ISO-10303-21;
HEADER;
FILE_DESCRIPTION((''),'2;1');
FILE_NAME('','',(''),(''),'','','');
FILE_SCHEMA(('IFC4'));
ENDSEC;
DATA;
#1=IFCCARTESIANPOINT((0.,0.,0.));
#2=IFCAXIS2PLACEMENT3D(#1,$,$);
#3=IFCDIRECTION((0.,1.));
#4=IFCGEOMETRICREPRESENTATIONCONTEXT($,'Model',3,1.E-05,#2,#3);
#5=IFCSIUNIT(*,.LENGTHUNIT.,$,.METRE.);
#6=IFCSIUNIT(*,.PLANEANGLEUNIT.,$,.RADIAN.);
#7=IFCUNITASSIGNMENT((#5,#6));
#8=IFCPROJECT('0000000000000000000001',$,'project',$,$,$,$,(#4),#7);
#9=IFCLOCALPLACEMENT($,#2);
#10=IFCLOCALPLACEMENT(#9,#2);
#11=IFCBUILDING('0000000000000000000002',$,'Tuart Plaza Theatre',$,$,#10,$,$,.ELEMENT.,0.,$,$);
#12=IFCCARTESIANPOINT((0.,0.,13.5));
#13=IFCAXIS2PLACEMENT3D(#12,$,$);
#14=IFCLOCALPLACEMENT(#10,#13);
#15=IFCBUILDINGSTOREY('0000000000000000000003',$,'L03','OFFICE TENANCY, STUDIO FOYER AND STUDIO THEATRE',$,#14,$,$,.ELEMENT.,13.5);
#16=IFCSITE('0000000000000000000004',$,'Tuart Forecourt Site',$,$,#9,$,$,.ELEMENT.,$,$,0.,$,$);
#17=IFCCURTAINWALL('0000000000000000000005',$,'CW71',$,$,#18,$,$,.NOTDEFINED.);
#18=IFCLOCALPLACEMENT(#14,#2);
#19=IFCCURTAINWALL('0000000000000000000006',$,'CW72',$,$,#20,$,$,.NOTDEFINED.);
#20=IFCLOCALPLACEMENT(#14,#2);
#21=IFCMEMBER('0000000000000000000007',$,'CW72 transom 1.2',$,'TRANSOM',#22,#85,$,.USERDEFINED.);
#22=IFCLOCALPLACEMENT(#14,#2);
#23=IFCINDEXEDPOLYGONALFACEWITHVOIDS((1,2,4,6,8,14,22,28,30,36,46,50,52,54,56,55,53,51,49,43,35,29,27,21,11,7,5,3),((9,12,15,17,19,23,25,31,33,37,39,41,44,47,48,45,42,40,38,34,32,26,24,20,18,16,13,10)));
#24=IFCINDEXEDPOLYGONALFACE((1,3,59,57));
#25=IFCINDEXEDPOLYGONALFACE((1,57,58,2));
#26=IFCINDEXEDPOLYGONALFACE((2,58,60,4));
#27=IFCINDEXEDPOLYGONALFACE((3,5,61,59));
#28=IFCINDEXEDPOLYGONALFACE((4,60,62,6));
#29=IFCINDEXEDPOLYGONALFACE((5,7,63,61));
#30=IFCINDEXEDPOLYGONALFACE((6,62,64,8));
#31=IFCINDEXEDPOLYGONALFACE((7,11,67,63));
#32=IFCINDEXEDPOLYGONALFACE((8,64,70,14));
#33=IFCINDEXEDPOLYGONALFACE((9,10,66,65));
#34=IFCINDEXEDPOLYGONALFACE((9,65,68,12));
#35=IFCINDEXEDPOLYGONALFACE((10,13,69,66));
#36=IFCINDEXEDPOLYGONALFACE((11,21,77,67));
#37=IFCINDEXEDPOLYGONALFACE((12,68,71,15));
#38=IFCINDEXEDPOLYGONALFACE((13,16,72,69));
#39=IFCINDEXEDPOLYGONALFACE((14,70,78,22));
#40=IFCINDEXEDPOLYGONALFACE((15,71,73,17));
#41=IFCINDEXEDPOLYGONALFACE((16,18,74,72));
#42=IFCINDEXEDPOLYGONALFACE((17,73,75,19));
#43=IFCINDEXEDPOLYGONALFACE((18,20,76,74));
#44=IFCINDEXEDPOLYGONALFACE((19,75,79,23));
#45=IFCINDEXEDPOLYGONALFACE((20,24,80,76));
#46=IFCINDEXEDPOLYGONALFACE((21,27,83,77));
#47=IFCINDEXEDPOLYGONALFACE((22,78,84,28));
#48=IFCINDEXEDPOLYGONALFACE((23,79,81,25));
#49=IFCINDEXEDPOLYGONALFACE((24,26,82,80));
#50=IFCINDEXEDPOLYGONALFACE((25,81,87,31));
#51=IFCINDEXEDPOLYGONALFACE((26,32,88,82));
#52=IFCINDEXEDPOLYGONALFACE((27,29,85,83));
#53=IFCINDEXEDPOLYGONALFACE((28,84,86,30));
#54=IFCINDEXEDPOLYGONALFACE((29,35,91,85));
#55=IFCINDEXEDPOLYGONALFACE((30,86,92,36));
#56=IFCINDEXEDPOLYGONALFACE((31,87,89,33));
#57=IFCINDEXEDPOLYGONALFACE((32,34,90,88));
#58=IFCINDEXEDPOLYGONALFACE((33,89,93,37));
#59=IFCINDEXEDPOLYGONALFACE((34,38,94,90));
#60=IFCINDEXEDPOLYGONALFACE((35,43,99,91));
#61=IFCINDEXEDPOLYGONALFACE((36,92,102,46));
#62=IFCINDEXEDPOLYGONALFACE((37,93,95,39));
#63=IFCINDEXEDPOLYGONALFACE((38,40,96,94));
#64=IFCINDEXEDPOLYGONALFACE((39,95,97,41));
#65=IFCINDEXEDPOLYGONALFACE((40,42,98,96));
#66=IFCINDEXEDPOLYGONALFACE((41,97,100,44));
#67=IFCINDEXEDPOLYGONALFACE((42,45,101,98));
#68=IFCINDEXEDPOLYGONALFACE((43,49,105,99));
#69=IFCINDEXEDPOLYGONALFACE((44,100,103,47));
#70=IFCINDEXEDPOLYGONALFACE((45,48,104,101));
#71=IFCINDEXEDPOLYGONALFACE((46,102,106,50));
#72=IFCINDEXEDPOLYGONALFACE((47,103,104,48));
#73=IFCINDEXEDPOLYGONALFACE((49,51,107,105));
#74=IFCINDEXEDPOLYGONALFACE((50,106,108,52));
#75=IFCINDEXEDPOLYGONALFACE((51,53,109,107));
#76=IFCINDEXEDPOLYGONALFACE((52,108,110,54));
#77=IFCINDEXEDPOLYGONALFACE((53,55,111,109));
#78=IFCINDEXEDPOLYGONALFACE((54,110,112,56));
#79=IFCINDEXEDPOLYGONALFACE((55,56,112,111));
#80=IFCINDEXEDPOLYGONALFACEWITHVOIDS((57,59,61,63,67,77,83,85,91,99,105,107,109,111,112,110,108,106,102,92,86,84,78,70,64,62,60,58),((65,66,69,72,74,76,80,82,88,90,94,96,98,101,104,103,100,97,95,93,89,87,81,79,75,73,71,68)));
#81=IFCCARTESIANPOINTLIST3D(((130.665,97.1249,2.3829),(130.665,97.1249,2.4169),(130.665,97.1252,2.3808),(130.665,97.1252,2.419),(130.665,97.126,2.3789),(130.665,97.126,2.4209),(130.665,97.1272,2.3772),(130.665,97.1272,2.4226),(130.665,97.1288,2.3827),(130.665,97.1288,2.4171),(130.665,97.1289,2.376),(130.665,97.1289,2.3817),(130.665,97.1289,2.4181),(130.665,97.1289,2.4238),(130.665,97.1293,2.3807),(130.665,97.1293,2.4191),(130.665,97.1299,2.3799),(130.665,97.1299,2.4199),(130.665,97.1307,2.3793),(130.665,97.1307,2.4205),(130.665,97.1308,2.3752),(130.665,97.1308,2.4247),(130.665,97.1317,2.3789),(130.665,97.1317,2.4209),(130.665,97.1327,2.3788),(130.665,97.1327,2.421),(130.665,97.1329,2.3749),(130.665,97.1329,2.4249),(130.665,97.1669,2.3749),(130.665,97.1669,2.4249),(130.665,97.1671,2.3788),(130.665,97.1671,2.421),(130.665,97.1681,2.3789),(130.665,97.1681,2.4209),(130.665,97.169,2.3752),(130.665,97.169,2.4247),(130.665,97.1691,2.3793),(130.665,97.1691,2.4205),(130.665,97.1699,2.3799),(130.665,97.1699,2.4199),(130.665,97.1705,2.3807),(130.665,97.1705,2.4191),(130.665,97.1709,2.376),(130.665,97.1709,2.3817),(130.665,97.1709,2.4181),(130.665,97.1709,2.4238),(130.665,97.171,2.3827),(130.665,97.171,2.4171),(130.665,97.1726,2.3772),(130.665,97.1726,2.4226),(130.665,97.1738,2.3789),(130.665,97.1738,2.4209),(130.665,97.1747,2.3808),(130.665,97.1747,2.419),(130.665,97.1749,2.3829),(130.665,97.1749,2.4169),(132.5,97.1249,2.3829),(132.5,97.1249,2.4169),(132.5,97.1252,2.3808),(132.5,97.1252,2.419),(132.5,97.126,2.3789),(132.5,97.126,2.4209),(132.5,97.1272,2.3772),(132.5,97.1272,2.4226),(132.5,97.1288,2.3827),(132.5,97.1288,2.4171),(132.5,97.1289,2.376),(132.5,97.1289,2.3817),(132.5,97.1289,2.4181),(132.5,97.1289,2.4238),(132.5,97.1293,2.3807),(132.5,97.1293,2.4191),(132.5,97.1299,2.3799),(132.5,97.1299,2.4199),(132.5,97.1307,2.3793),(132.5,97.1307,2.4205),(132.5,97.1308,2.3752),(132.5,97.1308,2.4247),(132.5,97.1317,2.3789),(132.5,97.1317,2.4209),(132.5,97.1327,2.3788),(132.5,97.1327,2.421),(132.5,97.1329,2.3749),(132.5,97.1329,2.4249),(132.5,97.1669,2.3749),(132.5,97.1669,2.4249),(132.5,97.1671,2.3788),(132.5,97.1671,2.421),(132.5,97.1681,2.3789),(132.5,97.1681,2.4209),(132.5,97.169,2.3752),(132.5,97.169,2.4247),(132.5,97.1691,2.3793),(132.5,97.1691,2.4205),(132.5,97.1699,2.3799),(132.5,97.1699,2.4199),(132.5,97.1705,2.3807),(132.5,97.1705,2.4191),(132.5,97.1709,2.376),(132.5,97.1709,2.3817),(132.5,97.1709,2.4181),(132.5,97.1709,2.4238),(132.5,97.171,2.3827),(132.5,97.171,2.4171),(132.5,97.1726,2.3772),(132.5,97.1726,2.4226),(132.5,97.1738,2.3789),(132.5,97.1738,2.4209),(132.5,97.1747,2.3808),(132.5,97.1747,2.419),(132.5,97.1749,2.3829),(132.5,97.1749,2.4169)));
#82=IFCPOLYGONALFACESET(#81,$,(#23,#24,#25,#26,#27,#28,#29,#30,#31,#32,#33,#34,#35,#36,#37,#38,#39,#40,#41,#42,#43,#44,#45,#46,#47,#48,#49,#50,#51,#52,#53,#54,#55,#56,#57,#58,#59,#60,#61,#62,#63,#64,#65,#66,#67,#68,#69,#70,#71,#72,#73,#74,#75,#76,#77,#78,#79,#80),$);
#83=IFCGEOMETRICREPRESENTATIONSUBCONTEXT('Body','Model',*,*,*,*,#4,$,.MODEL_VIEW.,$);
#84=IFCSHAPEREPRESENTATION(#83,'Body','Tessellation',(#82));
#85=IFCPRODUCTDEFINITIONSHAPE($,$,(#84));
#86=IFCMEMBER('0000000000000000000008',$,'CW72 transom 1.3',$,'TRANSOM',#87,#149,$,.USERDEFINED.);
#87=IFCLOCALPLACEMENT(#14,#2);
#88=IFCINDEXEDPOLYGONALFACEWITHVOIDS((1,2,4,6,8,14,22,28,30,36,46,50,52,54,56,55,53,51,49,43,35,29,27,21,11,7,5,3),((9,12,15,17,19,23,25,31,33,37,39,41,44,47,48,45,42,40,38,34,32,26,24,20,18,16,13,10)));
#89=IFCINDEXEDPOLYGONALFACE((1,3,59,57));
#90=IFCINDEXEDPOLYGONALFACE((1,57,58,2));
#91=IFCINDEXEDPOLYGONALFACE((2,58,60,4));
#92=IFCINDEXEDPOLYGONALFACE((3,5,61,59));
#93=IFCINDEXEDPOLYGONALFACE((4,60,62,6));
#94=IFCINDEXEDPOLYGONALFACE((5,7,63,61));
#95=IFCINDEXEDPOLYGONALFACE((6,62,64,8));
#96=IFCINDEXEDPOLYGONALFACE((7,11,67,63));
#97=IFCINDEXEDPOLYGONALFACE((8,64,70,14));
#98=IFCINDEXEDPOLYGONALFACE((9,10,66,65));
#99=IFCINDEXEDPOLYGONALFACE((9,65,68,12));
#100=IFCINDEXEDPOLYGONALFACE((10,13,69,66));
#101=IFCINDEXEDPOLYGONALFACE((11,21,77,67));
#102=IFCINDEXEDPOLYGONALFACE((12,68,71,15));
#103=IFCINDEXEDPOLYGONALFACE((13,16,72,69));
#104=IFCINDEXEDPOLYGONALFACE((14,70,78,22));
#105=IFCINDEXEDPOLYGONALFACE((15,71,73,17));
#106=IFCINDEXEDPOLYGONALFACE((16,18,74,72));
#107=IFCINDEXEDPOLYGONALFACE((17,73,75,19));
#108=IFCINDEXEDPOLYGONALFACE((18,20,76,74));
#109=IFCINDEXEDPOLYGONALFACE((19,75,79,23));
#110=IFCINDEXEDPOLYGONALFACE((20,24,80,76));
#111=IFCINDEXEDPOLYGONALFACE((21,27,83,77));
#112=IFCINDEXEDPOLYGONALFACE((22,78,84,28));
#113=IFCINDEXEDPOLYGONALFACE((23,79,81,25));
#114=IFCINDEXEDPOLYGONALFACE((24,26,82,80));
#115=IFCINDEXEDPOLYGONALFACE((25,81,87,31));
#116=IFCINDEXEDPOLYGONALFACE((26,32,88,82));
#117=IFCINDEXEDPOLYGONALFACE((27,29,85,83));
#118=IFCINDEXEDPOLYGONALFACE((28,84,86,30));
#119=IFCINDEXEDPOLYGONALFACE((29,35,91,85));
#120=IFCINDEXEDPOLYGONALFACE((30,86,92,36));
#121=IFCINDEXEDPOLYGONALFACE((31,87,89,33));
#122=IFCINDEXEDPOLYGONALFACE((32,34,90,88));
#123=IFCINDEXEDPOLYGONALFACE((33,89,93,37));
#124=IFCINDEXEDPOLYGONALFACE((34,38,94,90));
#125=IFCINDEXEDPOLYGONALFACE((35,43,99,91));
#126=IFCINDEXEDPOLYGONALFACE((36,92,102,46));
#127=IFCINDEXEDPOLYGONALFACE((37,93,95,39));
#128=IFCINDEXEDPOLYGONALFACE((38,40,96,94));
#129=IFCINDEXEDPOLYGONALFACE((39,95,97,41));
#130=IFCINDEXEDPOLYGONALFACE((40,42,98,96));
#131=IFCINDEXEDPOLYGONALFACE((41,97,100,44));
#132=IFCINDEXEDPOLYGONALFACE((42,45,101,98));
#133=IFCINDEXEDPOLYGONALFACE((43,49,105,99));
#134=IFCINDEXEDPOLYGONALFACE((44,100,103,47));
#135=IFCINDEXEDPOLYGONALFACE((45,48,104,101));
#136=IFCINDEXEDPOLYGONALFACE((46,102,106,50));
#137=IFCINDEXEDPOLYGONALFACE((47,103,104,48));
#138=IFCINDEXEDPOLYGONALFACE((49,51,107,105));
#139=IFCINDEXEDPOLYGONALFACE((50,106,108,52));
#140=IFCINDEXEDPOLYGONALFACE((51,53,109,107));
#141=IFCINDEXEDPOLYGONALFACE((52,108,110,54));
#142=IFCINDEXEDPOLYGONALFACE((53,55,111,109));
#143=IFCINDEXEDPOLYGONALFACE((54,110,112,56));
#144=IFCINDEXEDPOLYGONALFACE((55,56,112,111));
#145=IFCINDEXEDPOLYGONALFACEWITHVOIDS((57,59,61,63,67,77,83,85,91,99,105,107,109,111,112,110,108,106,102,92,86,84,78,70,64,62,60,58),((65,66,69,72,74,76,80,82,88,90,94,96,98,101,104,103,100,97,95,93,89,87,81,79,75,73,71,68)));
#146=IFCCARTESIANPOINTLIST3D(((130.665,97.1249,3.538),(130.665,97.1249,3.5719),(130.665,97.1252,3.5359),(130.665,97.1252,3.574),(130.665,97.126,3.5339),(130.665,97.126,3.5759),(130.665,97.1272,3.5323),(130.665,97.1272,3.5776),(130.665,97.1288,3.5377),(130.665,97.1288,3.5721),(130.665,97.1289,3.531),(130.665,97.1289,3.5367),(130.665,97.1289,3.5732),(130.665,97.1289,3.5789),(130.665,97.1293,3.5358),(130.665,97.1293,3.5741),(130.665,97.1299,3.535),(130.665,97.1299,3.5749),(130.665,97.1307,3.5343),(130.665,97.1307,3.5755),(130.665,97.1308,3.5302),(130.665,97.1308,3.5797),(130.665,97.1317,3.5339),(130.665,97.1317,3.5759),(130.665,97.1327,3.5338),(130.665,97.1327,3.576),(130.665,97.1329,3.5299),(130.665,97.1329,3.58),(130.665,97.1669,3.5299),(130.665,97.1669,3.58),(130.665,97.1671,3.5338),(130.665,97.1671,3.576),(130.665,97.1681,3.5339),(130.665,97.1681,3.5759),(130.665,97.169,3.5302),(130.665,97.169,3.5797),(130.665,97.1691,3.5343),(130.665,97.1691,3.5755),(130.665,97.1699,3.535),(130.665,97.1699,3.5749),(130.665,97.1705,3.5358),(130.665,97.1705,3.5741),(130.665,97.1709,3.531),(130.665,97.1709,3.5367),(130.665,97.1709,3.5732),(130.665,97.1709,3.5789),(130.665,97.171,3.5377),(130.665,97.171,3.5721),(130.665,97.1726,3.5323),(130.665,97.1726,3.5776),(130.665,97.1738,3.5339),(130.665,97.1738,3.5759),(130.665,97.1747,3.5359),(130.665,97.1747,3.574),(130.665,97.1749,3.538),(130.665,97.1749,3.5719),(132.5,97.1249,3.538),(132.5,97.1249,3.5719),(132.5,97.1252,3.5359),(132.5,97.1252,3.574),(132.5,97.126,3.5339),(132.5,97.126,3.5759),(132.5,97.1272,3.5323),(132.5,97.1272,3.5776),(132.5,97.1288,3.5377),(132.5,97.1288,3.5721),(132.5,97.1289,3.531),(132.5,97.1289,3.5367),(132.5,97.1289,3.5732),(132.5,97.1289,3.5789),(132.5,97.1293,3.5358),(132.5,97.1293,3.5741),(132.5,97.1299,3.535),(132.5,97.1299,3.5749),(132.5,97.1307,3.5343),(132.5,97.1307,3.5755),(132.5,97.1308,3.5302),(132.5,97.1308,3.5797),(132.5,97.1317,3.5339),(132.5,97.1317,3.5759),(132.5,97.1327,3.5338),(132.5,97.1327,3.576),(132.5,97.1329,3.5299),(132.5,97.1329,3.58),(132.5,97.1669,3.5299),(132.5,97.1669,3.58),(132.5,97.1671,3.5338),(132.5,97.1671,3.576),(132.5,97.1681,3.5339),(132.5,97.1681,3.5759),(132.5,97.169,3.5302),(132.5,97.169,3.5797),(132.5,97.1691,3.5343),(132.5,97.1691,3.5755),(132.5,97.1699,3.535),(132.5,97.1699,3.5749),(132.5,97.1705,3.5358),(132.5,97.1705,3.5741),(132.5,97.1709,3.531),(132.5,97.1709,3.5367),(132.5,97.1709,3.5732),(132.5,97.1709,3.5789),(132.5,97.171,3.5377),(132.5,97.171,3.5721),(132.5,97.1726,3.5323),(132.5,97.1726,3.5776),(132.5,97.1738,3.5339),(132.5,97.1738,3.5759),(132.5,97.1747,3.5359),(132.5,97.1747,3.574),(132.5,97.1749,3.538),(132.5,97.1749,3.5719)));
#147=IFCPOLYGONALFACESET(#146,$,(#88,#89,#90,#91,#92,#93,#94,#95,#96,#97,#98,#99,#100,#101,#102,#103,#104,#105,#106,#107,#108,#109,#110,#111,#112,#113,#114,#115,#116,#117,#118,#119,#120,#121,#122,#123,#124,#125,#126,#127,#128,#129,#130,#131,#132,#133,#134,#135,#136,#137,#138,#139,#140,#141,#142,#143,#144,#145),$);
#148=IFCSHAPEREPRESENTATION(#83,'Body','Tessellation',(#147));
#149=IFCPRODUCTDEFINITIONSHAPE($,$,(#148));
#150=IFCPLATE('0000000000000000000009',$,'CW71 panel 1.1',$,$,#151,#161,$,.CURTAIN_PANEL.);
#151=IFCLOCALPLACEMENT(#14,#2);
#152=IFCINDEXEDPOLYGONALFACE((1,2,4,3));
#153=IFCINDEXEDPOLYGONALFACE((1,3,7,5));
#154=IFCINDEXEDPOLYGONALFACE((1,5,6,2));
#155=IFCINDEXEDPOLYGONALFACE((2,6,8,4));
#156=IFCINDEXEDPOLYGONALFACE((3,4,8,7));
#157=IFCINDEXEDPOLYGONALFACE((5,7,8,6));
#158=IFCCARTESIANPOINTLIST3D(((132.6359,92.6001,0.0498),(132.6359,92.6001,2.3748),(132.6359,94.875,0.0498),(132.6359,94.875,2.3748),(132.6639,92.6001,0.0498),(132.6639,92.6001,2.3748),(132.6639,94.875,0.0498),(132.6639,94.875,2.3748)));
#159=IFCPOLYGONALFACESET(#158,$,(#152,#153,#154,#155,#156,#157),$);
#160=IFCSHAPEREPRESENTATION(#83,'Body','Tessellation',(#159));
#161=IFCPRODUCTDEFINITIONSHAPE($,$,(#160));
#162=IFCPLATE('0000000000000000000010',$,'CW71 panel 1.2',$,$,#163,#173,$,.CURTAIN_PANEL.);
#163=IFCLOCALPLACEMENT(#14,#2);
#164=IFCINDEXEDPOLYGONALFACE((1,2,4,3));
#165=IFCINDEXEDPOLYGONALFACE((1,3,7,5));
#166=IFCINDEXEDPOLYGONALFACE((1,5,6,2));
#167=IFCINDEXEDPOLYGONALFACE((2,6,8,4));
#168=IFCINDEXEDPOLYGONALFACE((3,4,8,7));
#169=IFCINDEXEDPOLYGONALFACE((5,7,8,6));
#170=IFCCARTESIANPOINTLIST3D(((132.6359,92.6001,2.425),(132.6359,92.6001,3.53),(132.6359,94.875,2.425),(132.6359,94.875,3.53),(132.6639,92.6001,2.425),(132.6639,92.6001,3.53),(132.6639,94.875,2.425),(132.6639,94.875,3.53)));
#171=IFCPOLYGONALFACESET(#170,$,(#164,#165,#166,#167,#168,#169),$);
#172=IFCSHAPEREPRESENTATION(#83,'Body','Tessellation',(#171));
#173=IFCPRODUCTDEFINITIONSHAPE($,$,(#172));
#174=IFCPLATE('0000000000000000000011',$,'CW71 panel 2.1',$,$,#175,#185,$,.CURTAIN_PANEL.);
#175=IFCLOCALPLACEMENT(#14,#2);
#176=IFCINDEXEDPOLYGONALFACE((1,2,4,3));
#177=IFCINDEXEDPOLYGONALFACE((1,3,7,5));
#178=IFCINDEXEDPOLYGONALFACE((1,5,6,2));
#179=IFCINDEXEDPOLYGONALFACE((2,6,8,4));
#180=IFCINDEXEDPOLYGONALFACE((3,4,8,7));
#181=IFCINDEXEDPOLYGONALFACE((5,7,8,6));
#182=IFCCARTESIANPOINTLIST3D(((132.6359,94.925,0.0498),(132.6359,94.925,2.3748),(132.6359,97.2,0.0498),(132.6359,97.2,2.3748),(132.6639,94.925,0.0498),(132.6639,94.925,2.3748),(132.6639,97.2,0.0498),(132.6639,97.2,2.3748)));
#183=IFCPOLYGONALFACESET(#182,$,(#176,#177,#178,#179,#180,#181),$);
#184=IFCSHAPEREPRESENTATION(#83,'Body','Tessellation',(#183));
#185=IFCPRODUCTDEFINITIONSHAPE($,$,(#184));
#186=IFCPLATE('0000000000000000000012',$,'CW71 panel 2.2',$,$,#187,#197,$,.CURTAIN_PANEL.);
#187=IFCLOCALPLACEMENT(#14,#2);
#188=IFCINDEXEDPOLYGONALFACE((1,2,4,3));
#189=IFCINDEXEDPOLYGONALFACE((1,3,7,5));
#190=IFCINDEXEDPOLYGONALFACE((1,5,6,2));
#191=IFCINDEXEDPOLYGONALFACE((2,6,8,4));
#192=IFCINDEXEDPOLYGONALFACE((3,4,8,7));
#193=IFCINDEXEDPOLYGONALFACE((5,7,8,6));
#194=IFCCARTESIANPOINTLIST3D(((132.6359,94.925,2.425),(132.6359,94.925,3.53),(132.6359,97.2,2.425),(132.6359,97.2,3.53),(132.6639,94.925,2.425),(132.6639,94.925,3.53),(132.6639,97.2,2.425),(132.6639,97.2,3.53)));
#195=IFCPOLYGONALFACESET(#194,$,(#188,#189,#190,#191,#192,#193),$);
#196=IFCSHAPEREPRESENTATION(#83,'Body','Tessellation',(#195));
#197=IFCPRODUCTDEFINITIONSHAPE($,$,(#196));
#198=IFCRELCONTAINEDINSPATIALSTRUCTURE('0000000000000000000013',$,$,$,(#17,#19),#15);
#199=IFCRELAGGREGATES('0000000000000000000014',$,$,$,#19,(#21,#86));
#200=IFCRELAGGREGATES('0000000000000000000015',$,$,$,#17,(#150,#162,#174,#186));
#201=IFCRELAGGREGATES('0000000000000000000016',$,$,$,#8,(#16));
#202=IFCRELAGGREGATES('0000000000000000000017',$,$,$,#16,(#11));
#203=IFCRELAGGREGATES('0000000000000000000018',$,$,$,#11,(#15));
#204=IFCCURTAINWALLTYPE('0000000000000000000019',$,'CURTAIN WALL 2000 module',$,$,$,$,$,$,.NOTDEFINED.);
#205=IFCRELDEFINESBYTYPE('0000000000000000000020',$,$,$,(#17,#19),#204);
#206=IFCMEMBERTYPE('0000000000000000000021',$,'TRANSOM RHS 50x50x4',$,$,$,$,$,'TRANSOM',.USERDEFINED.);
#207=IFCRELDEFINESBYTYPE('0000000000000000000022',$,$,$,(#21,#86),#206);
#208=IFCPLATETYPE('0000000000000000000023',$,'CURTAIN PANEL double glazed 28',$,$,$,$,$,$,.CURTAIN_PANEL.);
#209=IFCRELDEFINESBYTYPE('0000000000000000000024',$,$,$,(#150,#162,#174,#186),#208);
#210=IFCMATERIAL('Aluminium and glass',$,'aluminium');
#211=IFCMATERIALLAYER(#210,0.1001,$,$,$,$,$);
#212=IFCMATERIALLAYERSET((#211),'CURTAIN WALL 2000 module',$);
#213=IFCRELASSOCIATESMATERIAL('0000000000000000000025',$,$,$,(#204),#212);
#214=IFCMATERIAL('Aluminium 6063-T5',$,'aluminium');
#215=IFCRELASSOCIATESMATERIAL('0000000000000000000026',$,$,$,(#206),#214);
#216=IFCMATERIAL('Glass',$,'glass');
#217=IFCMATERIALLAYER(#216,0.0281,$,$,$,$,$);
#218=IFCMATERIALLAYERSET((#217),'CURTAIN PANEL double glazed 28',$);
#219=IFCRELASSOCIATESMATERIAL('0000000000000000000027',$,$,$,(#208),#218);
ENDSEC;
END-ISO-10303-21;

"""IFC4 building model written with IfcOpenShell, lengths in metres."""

from ifc_helpers import new_model, si_unit, direction, frame, origin, origin_2d, place, context, subcontext, project, spatial, rectangle, hollow_rectangle, extrude, material, layer, layer_set, material_profile, profile_set, type_object, element, aggregate, save


model = new_model("IFC4")

# Units and contexts
model_context = context("Model", 3, precision=1e-05, world=origin(), true_north=direction((0.0, 1.0)))
body_context = subcontext(model_context, "Body", "Model", "MODEL_VIEW")
ifc_project = project(units=[si_unit("LENGTHUNIT", "METRE"), si_unit("PLANEANGLEUNIT", "RADIAN")], contexts=[model_context])

# Site, building, storey
site_placement = place(None, origin())
site = spatial("IfcSite", under=ifc_project, at=site_placement, Name="Tuart Forecourt Site", CompositionType="ELEMENT", RefElevation=0.0)
building_placement = place(site_placement, origin())
building = spatial("IfcBuilding", under=site, at=building_placement, Name="Tuart Plaza Theatre", CompositionType="ELEMENT", ElevationOfRefHeight=0.0)
storey_placement = place(building_placement, frame((0.0, 0.0, 13.5)))
storey = spatial("IfcBuildingStorey", under=building, at=storey_placement, Name="L03", Description="OFFICE TENANCY, STUDIO FOYER AND STUDIO THEATRE", CompositionType="ELEMENT", Elevation=13.5)

# Shared definitions
ifc_material_1 = material(Name="Aluminium and glass", Category="aluminium")
ifc_layer_1 = layer(ifc_material_1, 0.1001)
ifc_layer_set_1 = layer_set([ifc_layer_1], Name="CURTAIN WALL 2000 module")
curtain_wall_type = type_object("IfcCurtainWallType", Name="CURTAIN WALL 2000 module", PredefinedType="NOTDEFINED", material=ifc_layer_set_1)

# Curtain wall
curtain_wall_1_placement = place(storey_placement, origin())
curtain_wall_1 = element("IfcCurtainWall", 1, at=curtain_wall_1_placement, inside=storey, type_object=curtain_wall_type, Name="CW71", PredefinedType="NOTDEFINED")

# Curtain wall
curtain_wall_2_placement = place(storey_placement, origin())
curtain_wall_2 = element("IfcCurtainWall", 2, at=curtain_wall_2_placement, inside=storey, type_object=curtain_wall_type, Name="CW72", PredefinedType="NOTDEFINED")

# Members
ifc_material_2 = material(Name="Aluminium 6063-T5", Category="aluminium")
ifc_material_profile_1 = material_profile(ifc_material_2, hollow_rectangle(XDim=0.05, YDim=0.05, WallThickness=0.0039, InnerFilletRadius=0.0039, OuterFilletRadius=0.0081, at=origin_2d()), Name="RHS 50x50x4")
ifc_profile_set_1 = profile_set([ifc_material_profile_1], Name="Aluminium 6063-T5")
member_type_1 = type_object("IfcMemberType", Name="TRANSOM RHS 50x50x4", ElementType="TRANSOM", PredefinedType="USERDEFINED", material=ifc_profile_set_1)
member_1_placement = place(storey_placement, frame((132.5, 97.1499, 2.3999), z_axis=(-1.0, 0.0, 0.0), x_axis=(0.0, -1.0, 0.0)))
member_1 = element("IfcMember", 3, at=member_1_placement, type_object=member_type_1, Name="CW72 transom 1.2", ObjectType="TRANSOM", PredefinedType="USERDEFINED", context=body_context, shape_type="SweptSolid", body=[
    extrude(hollow_rectangle(XDim=0.05, YDim=0.05, WallThickness=0.0039, InnerFilletRadius=0.0039, OuterFilletRadius=0.0081, at=origin_2d()), origin(), (0.0, 0.0, 1.0), 1.835),
])
member_2_placement = place(storey_placement, frame((132.5, 97.1499, 3.5549), z_axis=(-1.0, 0.0, 0.0), x_axis=(0.0, -1.0, 0.0)))
member_2 = element("IfcMember", 4, at=member_2_placement, type_object=member_type_1, Name="CW72 transom 1.3", ObjectType="TRANSOM", PredefinedType="USERDEFINED", context=body_context, shape_type="SweptSolid", body=[
    extrude(hollow_rectangle(XDim=0.05, YDim=0.05, WallThickness=0.0039, InnerFilletRadius=0.0039, OuterFilletRadius=0.0081, at=origin_2d()), origin(), (0.0, 0.0, 1.0), 1.835),
])
aggregate(curtain_wall_2, [member_1, member_2])

# Plates
ifc_material_3 = material(Name="Glass", Category="glass")
ifc_layer_2 = layer(ifc_material_3, 0.0281)
ifc_layer_set_2 = layer_set([ifc_layer_2], Name="CURTAIN PANEL double glazed 28")
plate_type = type_object("IfcPlateType", Name="CURTAIN PANEL double glazed 28", PredefinedType="CURTAIN_PANEL", material=ifc_layer_set_2)
plate_1_placement = place(storey_placement, frame((132.6499, 93.7375, 0.0498), z_axis=(0.0, 0.0, 1.0), x_axis=(0.0, 1.0, 0.0)))
plate_1 = element("IfcPlate", 5, at=plate_1_placement, type_object=plate_type, Name="CW71 panel 1.1", PredefinedType="CURTAIN_PANEL", context=body_context, shape_type="SweptSolid", body=[
    extrude(rectangle(XDim=2.2749, YDim=0.0281, at=origin_2d()), origin(), (0.0, 0.0, 1.0), 2.325),
])
plate_2_placement = place(storey_placement, frame((132.6499, 93.7375, 2.425), z_axis=(0.0, 0.0, 1.0), x_axis=(0.0, 1.0, 0.0)))
plate_2 = element("IfcPlate", 6, at=plate_2_placement, type_object=plate_type, Name="CW71 panel 1.2", PredefinedType="CURTAIN_PANEL", context=body_context, shape_type="SweptSolid", body=[
    extrude(rectangle(XDim=2.2749, YDim=0.0281, at=origin_2d()), origin(), (0.0, 0.0, 1.0), 1.105),
])
plate_3_placement = place(storey_placement, frame((132.6499, 96.0625, 0.0498), z_axis=(0.0, 0.0, 1.0), x_axis=(0.0, 1.0, 0.0)))
plate_3 = element("IfcPlate", 7, at=plate_3_placement, type_object=plate_type, Name="CW71 panel 2.1", PredefinedType="CURTAIN_PANEL", context=body_context, shape_type="SweptSolid", body=[
    extrude(rectangle(XDim=2.2749, YDim=0.0281, at=origin_2d()), origin(), (0.0, 0.0, 1.0), 2.325),
])
plate_4_placement = place(storey_placement, frame((132.6499, 96.0625, 2.425), z_axis=(0.0, 0.0, 1.0), x_axis=(0.0, 1.0, 0.0)))
plate_4 = element("IfcPlate", 8, at=plate_4_placement, type_object=plate_type, Name="CW71 panel 2.2", PredefinedType="CURTAIN_PANEL", context=body_context, shape_type="SweptSolid", body=[
    extrude(rectangle(XDim=2.2749, YDim=0.0281, at=origin_2d()), origin(), (0.0, 0.0, 1.0), 1.105),
])
aggregate(curtain_wall_1, [plate_1, plate_2, plate_3, plate_4])

save(model, "model.ifc")
